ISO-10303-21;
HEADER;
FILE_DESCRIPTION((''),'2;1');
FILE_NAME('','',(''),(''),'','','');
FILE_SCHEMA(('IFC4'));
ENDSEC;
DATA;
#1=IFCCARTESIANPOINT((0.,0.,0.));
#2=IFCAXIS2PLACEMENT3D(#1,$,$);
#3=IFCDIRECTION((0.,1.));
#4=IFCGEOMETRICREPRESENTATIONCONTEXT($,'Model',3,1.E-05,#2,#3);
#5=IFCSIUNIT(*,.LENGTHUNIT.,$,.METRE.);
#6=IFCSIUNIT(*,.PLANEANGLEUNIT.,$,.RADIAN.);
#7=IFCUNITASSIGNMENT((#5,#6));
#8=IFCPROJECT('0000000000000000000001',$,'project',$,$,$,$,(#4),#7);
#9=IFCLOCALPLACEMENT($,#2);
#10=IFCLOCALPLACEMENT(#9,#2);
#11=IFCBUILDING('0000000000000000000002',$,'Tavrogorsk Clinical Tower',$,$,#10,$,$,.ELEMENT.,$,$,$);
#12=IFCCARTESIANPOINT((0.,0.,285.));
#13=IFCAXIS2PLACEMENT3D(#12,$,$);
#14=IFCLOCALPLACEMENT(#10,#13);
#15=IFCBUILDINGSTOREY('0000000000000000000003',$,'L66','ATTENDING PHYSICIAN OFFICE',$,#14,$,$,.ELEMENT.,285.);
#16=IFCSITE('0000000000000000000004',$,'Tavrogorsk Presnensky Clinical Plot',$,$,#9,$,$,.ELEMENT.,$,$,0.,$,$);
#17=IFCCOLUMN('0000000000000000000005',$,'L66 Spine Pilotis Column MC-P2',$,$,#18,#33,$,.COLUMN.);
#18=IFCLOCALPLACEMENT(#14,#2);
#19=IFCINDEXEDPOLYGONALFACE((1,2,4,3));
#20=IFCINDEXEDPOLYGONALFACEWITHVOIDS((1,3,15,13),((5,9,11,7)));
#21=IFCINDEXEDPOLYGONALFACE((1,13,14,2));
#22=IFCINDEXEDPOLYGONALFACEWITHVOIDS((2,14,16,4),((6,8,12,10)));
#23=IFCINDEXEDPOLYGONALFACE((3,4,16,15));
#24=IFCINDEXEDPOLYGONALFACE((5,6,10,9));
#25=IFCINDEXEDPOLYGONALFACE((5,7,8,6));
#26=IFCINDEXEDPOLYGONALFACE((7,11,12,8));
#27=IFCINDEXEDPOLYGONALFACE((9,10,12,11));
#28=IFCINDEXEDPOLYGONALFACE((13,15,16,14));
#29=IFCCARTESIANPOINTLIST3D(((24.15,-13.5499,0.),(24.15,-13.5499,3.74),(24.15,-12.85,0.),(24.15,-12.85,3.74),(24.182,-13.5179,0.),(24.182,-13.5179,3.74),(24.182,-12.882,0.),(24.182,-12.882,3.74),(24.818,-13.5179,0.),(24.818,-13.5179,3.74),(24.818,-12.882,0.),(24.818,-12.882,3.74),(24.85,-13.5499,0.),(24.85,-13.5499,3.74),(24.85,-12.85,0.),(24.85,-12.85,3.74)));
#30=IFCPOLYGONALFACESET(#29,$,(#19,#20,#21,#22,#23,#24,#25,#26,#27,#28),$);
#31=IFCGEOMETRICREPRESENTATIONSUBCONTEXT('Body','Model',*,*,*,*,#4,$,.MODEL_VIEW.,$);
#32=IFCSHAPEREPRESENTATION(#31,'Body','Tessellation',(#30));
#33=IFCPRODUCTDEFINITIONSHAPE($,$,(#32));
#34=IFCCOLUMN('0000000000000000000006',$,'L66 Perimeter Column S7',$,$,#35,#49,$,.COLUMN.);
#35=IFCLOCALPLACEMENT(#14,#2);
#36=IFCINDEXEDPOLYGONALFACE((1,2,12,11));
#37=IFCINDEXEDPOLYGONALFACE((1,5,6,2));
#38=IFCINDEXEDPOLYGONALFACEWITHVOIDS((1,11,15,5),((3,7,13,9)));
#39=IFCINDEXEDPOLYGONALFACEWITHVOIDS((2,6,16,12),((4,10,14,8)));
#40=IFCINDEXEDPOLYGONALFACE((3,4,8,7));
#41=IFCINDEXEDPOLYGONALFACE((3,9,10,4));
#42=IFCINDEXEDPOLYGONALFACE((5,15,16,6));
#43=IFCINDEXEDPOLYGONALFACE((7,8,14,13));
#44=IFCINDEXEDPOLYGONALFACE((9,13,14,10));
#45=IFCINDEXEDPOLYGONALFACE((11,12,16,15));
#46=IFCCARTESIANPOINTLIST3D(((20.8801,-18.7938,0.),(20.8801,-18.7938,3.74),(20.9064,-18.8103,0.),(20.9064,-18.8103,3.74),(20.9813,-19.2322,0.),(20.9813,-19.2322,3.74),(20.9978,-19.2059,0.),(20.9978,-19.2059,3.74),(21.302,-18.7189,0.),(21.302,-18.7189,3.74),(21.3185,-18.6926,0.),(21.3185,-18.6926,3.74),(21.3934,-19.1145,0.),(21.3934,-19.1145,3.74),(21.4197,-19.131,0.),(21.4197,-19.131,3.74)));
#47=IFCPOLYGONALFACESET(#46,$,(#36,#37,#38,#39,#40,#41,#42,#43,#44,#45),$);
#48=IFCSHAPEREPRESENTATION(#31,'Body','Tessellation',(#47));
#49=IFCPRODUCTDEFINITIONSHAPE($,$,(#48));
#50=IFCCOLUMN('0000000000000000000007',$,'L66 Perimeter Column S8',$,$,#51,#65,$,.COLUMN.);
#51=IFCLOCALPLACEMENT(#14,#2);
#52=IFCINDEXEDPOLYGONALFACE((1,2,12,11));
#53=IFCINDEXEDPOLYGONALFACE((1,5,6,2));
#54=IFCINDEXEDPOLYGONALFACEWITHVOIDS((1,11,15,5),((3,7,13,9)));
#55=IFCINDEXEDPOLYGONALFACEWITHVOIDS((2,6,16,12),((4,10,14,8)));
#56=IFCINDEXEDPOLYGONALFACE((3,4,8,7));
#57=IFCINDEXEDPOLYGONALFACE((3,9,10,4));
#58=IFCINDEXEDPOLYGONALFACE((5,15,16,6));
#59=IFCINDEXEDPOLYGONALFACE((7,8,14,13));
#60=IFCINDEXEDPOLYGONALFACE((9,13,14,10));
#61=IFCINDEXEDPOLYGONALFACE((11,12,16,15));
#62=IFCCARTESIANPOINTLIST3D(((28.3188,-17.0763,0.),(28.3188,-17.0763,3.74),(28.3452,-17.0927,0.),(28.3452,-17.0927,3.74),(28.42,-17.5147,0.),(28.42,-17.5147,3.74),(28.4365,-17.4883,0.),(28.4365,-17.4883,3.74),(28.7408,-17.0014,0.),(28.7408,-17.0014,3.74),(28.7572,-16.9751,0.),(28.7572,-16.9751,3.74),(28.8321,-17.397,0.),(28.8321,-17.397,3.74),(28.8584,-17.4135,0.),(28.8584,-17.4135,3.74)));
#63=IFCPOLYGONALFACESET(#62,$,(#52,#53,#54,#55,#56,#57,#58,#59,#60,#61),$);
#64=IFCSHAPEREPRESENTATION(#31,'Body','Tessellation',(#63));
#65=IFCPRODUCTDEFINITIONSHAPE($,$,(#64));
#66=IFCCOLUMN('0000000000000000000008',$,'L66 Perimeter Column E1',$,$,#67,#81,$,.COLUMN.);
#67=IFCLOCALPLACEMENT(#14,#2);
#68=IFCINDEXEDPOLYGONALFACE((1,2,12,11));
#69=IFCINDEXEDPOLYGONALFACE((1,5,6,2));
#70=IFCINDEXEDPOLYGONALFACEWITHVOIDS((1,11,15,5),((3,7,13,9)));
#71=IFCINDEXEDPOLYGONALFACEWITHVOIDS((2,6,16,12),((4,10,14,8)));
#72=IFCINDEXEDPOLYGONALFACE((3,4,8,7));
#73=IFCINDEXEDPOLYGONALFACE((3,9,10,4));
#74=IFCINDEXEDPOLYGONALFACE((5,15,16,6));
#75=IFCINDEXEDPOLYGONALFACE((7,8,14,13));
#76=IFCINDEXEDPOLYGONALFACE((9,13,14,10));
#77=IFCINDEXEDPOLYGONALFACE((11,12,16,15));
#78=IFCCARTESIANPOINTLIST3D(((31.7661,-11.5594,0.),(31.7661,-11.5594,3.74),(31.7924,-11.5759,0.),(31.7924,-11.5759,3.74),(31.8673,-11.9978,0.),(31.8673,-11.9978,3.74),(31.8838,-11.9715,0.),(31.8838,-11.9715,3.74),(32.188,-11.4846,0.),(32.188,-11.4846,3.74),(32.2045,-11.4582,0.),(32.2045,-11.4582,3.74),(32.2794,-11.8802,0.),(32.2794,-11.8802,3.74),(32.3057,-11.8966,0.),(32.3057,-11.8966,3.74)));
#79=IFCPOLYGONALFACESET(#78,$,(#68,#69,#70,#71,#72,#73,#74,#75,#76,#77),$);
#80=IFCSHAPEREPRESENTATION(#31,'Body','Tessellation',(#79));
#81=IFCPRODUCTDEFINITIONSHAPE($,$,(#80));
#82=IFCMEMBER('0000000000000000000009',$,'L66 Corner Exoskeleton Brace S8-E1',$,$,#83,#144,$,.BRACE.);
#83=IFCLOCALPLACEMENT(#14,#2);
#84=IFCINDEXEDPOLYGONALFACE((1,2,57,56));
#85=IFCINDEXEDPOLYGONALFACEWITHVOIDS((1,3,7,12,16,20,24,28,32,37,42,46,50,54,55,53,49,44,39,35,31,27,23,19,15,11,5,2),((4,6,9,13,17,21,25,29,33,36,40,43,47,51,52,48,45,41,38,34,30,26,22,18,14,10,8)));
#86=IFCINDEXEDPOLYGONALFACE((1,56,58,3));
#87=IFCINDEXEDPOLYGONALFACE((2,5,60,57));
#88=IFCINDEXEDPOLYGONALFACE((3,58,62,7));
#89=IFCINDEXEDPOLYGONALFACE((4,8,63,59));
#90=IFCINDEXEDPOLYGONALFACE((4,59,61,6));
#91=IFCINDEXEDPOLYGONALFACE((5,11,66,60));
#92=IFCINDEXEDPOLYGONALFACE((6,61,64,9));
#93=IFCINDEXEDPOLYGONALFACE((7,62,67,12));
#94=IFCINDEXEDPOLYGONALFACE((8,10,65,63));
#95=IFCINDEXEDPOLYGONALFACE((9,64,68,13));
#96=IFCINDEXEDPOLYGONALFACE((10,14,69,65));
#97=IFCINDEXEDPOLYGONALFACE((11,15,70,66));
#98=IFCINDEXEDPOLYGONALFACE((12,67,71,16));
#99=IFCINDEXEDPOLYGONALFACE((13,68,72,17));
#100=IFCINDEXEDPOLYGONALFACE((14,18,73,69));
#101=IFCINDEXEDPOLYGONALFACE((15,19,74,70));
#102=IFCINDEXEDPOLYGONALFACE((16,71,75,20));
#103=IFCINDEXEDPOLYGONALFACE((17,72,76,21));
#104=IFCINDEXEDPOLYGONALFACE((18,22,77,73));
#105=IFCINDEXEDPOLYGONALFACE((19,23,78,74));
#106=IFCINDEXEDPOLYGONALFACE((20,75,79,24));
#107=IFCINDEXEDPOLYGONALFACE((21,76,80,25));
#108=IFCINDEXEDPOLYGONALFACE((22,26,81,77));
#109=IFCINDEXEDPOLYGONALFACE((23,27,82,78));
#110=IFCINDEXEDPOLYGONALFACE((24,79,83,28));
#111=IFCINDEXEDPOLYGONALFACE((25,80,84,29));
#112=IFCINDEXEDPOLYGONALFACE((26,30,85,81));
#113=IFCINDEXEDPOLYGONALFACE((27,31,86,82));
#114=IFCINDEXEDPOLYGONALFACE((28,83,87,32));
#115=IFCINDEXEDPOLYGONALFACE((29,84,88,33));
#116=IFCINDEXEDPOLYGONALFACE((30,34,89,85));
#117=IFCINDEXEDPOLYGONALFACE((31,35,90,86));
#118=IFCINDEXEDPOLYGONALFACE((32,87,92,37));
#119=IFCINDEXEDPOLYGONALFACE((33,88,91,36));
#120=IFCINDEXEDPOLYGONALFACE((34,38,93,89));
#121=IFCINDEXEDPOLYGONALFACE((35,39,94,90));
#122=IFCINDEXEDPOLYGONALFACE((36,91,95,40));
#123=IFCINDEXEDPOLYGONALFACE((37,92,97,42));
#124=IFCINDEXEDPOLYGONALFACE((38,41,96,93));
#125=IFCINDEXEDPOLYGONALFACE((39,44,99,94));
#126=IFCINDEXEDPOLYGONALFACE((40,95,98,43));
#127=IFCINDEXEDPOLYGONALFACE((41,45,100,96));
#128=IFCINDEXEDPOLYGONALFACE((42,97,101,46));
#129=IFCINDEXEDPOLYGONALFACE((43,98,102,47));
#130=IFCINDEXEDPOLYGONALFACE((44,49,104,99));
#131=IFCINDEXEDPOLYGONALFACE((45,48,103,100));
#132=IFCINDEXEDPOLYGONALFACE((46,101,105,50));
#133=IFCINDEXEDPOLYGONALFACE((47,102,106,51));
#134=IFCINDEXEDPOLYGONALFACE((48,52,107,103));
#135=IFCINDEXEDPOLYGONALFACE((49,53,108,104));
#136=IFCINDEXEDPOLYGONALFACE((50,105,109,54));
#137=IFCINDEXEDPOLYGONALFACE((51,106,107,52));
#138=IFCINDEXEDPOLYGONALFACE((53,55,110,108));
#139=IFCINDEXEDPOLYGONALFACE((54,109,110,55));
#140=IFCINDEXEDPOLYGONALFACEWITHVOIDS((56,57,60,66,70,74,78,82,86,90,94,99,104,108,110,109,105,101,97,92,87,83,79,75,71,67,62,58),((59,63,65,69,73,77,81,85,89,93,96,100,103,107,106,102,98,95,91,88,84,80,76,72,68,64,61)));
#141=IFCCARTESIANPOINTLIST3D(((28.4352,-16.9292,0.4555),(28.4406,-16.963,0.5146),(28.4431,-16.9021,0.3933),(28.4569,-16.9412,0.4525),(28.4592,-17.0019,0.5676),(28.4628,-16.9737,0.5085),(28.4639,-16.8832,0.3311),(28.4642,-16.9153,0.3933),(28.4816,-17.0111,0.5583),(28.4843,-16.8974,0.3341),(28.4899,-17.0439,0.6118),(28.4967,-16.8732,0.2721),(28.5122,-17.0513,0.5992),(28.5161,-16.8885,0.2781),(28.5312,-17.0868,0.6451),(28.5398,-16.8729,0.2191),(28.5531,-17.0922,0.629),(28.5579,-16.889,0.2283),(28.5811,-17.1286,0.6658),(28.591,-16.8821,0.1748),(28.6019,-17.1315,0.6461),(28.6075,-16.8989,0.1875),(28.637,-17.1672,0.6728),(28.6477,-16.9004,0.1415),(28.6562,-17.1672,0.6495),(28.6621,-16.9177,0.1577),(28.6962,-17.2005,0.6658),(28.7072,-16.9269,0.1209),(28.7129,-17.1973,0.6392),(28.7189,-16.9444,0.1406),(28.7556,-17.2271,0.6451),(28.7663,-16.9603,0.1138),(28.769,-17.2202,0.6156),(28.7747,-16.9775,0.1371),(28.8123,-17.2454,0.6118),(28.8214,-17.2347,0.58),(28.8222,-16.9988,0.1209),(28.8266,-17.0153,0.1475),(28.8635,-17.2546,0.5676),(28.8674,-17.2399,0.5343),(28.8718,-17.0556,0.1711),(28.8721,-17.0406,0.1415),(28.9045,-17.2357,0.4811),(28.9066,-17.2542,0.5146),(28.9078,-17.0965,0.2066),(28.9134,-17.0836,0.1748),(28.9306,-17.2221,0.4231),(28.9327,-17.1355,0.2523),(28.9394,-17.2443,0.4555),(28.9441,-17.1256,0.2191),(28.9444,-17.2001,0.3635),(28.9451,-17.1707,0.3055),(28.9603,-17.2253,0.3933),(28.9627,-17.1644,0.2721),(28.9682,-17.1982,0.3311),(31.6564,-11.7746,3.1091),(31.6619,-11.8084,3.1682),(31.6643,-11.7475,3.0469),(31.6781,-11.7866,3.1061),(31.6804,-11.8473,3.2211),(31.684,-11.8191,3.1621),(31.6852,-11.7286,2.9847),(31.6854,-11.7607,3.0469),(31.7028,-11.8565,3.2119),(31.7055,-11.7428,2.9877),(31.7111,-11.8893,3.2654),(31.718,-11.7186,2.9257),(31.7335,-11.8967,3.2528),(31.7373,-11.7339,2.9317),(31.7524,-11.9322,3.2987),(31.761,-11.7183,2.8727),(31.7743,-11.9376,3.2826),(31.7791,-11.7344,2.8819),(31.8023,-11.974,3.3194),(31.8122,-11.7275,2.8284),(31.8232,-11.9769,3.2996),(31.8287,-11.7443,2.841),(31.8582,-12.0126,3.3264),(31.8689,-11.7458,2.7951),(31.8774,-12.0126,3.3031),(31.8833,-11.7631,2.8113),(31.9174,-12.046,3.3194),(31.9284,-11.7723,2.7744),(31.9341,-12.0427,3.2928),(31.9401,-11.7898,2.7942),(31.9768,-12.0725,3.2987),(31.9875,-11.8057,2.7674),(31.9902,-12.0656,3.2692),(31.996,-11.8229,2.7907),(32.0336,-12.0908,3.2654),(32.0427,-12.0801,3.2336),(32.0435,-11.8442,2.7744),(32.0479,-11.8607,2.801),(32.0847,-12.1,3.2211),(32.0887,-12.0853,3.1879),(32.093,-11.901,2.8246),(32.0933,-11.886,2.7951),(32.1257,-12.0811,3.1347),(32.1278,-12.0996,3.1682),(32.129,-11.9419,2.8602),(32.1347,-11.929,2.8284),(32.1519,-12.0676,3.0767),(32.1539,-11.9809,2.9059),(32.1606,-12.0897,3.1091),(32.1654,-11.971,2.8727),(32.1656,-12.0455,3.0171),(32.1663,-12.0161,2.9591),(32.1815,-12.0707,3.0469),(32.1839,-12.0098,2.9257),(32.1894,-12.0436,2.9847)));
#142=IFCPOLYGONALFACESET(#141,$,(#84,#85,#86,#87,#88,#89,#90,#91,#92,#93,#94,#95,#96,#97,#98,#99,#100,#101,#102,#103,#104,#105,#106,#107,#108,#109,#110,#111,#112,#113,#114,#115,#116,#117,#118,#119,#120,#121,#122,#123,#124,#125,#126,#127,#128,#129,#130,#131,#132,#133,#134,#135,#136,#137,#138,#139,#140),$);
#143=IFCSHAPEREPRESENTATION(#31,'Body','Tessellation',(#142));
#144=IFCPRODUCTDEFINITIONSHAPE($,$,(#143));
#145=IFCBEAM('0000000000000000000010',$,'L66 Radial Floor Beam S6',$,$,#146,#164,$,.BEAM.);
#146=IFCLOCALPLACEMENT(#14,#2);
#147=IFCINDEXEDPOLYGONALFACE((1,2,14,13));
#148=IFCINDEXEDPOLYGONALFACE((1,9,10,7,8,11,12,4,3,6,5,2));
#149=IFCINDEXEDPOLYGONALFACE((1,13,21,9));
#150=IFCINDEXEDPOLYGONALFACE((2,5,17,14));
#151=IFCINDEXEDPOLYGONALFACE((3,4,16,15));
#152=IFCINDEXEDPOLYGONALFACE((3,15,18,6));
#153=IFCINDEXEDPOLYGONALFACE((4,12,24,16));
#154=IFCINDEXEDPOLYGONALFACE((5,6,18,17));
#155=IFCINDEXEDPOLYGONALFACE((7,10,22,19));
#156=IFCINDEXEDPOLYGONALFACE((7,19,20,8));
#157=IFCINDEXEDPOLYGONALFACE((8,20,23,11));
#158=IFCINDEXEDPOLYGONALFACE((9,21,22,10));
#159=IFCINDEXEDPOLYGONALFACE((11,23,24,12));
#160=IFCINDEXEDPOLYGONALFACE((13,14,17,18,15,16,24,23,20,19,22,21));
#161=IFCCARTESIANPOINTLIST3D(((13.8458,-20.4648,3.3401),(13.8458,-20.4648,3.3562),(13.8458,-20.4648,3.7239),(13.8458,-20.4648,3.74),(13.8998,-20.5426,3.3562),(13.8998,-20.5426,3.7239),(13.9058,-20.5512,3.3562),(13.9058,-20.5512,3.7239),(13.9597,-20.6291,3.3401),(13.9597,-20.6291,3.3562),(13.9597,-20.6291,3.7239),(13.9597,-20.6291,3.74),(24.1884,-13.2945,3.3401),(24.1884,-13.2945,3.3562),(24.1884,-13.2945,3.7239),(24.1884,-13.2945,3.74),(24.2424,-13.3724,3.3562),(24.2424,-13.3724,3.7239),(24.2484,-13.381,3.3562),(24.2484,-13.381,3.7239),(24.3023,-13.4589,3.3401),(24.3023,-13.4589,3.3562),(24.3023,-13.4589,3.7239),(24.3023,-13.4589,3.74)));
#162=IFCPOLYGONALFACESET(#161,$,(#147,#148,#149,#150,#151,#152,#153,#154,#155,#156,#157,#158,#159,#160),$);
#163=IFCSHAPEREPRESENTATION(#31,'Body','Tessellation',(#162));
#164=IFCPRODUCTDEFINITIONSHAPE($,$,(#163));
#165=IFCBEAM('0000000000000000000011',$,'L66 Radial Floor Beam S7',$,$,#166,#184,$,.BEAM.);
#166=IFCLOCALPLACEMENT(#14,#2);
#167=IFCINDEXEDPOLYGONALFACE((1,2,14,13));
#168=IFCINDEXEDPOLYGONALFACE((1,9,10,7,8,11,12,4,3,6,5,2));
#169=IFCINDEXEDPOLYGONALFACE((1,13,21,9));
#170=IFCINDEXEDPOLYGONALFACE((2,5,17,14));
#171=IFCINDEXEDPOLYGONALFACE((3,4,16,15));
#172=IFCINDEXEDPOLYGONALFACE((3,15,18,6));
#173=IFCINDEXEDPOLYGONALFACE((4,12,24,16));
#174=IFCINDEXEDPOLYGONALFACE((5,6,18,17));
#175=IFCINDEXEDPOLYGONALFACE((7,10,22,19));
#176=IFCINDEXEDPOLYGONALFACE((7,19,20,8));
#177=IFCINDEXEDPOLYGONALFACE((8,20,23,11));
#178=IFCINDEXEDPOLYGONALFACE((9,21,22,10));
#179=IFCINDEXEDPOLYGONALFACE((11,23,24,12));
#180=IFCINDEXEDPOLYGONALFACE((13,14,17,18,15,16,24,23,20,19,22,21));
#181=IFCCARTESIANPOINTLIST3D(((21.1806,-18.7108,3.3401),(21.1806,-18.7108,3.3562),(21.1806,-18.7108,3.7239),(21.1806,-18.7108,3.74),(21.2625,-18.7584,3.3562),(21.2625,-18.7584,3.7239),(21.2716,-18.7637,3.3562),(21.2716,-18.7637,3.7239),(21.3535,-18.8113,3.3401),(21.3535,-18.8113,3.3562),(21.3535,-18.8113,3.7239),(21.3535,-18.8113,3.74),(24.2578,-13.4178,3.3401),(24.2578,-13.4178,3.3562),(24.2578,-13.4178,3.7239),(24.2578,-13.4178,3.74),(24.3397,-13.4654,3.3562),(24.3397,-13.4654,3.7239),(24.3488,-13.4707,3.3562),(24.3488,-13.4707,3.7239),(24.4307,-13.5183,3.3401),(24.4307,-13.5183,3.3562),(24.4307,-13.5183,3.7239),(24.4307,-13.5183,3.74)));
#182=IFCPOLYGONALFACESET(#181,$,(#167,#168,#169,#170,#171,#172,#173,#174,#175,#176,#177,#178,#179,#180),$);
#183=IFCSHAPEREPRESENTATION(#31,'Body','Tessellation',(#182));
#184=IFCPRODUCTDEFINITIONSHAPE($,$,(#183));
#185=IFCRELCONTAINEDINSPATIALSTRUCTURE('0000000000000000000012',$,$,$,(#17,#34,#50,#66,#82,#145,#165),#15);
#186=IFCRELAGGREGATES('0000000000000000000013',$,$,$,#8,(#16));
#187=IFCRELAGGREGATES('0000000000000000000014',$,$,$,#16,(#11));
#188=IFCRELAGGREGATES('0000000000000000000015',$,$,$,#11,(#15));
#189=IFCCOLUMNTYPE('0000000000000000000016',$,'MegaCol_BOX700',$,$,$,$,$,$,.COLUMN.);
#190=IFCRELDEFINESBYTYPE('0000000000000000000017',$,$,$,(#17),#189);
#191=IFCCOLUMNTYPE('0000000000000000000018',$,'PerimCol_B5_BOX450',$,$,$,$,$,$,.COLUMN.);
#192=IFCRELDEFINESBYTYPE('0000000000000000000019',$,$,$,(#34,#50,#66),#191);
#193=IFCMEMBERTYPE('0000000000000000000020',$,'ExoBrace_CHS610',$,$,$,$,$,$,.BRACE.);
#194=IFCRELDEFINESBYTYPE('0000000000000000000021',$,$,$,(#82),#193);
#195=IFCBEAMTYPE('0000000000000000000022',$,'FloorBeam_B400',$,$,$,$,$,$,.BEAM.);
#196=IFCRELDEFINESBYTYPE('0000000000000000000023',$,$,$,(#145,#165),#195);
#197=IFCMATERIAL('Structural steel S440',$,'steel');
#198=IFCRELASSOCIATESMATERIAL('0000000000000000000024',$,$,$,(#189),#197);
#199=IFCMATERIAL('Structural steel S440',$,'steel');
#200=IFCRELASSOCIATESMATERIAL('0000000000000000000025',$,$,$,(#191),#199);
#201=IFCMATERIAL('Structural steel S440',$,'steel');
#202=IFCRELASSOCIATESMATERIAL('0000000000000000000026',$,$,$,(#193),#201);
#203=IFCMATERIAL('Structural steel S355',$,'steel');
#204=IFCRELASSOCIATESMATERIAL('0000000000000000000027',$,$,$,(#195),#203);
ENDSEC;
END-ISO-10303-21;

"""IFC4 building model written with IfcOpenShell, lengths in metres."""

from ifc_helpers import new_model, si_unit, direction, frame, origin, origin_2d, place, context, subcontext, project, spatial, hollow_rectangle, hollow_circle, i_section, extrude, material, material_profile, profile_set, type_object, element, save


model = new_model("IFC4")

# Units and contexts
model_context = context("Model", 3, precision=1e-05, world=origin(), true_north=direction((0.0, 1.0)))
body_context = subcontext(model_context, "Body", "Model", "MODEL_VIEW")
ifc_project = project(units=[si_unit("LENGTHUNIT", "METRE"), si_unit("PLANEANGLEUNIT", "RADIAN")], contexts=[model_context])

# Site, building, storey
site_placement = place(None, origin())
site = spatial("IfcSite", under=ifc_project, at=site_placement, Name="Tavrogorsk Presnensky Clinical Plot", CompositionType="ELEMENT", RefElevation=0.0)
building_placement = place(site_placement, origin())
building = spatial("IfcBuilding", under=site, at=building_placement, Name="Tavrogorsk Clinical Tower", CompositionType="ELEMENT")
storey_placement = place(building_placement, frame((0.0, 0.0, 285.0)))
storey = spatial("IfcBuildingStorey", under=building, at=storey_placement, Name="L66", Description="ATTENDING PHYSICIAN OFFICE", CompositionType="ELEMENT", Elevation=285.0)

# Columns
ifc_material_1 = material(Name="Structural steel S440", Category="steel")
ifc_material_profile_1 = material_profile(ifc_material_1, hollow_rectangle(XDim=0.7, YDim=0.7, WallThickness=0.032, at=origin_2d()), Name="BOX-700x700x32")
ifc_profile_set_1 = profile_set([ifc_material_profile_1], Name="Structural steel S440")
column_type_1 = type_object("IfcColumnType", Name="MegaCol_BOX700", PredefinedType="COLUMN", material=ifc_profile_set_1)
column_placement = place(storey_placement, frame((24.5, -13.2, 0.0), z_axis=(0.0, 0.0, 1.0), x_axis=(1.0, 0.0, 0.0)))
element("IfcColumn", 1, at=column_placement, inside=storey, type_object=column_type_1, Name="L66 Spine Pilotis Column MC-P2", PredefinedType="COLUMN", context=body_context, shape_type="SweptSolid", body=[
    extrude(hollow_rectangle(XDim=0.7, YDim=0.7, WallThickness=0.032, at=origin_2d()), origin(), (0.0, 0.0, 1.0), 3.74),
])
ifc_material_2 = material(Name="Structural steel S440", Category="steel")
ifc_material_profile_2 = material_profile(ifc_material_2, hollow_rectangle(XDim=0.45, YDim=0.45, WallThickness=0.022, at=origin_2d()), Name="BOX-450x450x22")
ifc_profile_set_2 = profile_set([ifc_material_profile_2], Name="Structural steel S440")
column_type_2 = type_object("IfcColumnType", Name="PerimCol_B5_BOX450", PredefinedType="COLUMN", material=ifc_profile_set_2)
for number, where, z_axis, x_axis, name in (
    (2, (21.1499, -18.9624, 0.0), (0.0, 0.0, 1.0), (0.97437, 0.224951, 0.0), "L66 Perimeter Column S7"),
    (3, (28.5886, -17.2449, 0.0), (0.0, 0.0, 1.0), (0.97437, 0.224951, 0.0), "L66 Perimeter Column S8"),
    (4, (32.0359, -11.728, 0.0), (0.0, 0.0, 1.0), (0.97437, 0.224951, 0.0), "L66 Perimeter Column E1"),
):
    element("IfcColumn", number, at=place(storey_placement, frame(where, z_axis=z_axis, x_axis=x_axis)), inside=storey, type_object=column_type_2, Name=name, PredefinedType="COLUMN", context=body_context, shape_type="SweptSolid", body=[
        extrude(hollow_rectangle(XDim=0.45, YDim=0.45, WallThickness=0.022, at=origin_2d()), origin(), (0.0, 0.0, 1.0), 3.74),
    ])

# Member
ifc_material_3 = material(Name="Structural steel S440", Category="steel")
ifc_material_profile_3 = material_profile(ifc_material_3, hollow_circle(Radius=0.3049, WallThickness=0.0249, at=origin_2d()), Name="CHS-610x25")
ifc_profile_set_3 = profile_set([ifc_material_profile_3], Name="Structural steel S440")
member_type = type_object("IfcMemberType", Name="ExoBrace_CHS610", PredefinedType="BRACE", material=ifc_profile_set_3)
member_placement = place(storey_placement, frame((28.7017, -17.0637, 0.3933), z_axis=(0.485686, 0.777193, 0.4001), x_axis=(-0.848028, 0.529952, 0.0)))
element("IfcMember", 5, at=member_placement, inside=storey, type_object=member_type, Name="L66 Corner Exoskeleton Brace S8-E1", PredefinedType="BRACE", context=body_context, shape_type="SweptSolid", body=[
    extrude(hollow_circle(Radius=0.3049, WallThickness=0.0249, at=origin_2d()), origin(), (0.0, 0.0, 1.0), 6.6323),
])

# Beams
ifc_material_4 = material(Name="Structural steel S355", Category="steel")
ifc_material_profile_4 = material_profile(ifc_material_4, i_section(OverallWidth=0.2, OverallDepth=0.3999, WebThickness=0.0105, FlangeThickness=0.0161, at=origin_2d()), Name="B-400x200x10.5x16")
ifc_profile_set_4 = profile_set([ifc_material_profile_4], Name="Structural steel S355")
beam_type_1 = type_object("IfcBeamType", Name="FloorBeam_B400", PredefinedType="BEAM", material=ifc_profile_set_4)
beam_1_placement = place(storey_placement, frame((24.2454, -13.3767, 3.54), z_axis=(-0.821822, -0.569745, 0.0), x_axis=(0.569745, -0.821822, 0.0)))
element("IfcBeam", 6, at=beam_1_placement, inside=storey, type_object=beam_type_1, Name="L66 Radial Floor Beam S6", PredefinedType="BEAM", context=body_context, shape_type="SweptSolid", body=[
    extrude(i_section(OverallWidth=0.2, OverallDepth=0.3999, WebThickness=0.0105, FlangeThickness=0.0161, at=origin_2d()), origin(), (0.0, 0.0, 1.0), 12.585),
])
beam_2_placement = place(storey_placement, frame((24.3442, -13.468, 3.54), z_axis=(-0.502601, -0.864518, 0.0), x_axis=(0.864518, -0.502601, 0.0)))
element("IfcBeam", 7, at=beam_2_placement, inside=storey, type_object=beam_type_1, Name="L66 Radial Floor Beam S7", PredefinedType="BEAM", context=body_context, shape_type="SweptSolid", body=[
    extrude(i_section(OverallWidth=0.2, OverallDepth=0.3999, WebThickness=0.0105, FlangeThickness=0.0161, at=origin_2d()), origin(), (0.0, 0.0, 1.0), 6.1226),
])

save(model, "model.ifc")
